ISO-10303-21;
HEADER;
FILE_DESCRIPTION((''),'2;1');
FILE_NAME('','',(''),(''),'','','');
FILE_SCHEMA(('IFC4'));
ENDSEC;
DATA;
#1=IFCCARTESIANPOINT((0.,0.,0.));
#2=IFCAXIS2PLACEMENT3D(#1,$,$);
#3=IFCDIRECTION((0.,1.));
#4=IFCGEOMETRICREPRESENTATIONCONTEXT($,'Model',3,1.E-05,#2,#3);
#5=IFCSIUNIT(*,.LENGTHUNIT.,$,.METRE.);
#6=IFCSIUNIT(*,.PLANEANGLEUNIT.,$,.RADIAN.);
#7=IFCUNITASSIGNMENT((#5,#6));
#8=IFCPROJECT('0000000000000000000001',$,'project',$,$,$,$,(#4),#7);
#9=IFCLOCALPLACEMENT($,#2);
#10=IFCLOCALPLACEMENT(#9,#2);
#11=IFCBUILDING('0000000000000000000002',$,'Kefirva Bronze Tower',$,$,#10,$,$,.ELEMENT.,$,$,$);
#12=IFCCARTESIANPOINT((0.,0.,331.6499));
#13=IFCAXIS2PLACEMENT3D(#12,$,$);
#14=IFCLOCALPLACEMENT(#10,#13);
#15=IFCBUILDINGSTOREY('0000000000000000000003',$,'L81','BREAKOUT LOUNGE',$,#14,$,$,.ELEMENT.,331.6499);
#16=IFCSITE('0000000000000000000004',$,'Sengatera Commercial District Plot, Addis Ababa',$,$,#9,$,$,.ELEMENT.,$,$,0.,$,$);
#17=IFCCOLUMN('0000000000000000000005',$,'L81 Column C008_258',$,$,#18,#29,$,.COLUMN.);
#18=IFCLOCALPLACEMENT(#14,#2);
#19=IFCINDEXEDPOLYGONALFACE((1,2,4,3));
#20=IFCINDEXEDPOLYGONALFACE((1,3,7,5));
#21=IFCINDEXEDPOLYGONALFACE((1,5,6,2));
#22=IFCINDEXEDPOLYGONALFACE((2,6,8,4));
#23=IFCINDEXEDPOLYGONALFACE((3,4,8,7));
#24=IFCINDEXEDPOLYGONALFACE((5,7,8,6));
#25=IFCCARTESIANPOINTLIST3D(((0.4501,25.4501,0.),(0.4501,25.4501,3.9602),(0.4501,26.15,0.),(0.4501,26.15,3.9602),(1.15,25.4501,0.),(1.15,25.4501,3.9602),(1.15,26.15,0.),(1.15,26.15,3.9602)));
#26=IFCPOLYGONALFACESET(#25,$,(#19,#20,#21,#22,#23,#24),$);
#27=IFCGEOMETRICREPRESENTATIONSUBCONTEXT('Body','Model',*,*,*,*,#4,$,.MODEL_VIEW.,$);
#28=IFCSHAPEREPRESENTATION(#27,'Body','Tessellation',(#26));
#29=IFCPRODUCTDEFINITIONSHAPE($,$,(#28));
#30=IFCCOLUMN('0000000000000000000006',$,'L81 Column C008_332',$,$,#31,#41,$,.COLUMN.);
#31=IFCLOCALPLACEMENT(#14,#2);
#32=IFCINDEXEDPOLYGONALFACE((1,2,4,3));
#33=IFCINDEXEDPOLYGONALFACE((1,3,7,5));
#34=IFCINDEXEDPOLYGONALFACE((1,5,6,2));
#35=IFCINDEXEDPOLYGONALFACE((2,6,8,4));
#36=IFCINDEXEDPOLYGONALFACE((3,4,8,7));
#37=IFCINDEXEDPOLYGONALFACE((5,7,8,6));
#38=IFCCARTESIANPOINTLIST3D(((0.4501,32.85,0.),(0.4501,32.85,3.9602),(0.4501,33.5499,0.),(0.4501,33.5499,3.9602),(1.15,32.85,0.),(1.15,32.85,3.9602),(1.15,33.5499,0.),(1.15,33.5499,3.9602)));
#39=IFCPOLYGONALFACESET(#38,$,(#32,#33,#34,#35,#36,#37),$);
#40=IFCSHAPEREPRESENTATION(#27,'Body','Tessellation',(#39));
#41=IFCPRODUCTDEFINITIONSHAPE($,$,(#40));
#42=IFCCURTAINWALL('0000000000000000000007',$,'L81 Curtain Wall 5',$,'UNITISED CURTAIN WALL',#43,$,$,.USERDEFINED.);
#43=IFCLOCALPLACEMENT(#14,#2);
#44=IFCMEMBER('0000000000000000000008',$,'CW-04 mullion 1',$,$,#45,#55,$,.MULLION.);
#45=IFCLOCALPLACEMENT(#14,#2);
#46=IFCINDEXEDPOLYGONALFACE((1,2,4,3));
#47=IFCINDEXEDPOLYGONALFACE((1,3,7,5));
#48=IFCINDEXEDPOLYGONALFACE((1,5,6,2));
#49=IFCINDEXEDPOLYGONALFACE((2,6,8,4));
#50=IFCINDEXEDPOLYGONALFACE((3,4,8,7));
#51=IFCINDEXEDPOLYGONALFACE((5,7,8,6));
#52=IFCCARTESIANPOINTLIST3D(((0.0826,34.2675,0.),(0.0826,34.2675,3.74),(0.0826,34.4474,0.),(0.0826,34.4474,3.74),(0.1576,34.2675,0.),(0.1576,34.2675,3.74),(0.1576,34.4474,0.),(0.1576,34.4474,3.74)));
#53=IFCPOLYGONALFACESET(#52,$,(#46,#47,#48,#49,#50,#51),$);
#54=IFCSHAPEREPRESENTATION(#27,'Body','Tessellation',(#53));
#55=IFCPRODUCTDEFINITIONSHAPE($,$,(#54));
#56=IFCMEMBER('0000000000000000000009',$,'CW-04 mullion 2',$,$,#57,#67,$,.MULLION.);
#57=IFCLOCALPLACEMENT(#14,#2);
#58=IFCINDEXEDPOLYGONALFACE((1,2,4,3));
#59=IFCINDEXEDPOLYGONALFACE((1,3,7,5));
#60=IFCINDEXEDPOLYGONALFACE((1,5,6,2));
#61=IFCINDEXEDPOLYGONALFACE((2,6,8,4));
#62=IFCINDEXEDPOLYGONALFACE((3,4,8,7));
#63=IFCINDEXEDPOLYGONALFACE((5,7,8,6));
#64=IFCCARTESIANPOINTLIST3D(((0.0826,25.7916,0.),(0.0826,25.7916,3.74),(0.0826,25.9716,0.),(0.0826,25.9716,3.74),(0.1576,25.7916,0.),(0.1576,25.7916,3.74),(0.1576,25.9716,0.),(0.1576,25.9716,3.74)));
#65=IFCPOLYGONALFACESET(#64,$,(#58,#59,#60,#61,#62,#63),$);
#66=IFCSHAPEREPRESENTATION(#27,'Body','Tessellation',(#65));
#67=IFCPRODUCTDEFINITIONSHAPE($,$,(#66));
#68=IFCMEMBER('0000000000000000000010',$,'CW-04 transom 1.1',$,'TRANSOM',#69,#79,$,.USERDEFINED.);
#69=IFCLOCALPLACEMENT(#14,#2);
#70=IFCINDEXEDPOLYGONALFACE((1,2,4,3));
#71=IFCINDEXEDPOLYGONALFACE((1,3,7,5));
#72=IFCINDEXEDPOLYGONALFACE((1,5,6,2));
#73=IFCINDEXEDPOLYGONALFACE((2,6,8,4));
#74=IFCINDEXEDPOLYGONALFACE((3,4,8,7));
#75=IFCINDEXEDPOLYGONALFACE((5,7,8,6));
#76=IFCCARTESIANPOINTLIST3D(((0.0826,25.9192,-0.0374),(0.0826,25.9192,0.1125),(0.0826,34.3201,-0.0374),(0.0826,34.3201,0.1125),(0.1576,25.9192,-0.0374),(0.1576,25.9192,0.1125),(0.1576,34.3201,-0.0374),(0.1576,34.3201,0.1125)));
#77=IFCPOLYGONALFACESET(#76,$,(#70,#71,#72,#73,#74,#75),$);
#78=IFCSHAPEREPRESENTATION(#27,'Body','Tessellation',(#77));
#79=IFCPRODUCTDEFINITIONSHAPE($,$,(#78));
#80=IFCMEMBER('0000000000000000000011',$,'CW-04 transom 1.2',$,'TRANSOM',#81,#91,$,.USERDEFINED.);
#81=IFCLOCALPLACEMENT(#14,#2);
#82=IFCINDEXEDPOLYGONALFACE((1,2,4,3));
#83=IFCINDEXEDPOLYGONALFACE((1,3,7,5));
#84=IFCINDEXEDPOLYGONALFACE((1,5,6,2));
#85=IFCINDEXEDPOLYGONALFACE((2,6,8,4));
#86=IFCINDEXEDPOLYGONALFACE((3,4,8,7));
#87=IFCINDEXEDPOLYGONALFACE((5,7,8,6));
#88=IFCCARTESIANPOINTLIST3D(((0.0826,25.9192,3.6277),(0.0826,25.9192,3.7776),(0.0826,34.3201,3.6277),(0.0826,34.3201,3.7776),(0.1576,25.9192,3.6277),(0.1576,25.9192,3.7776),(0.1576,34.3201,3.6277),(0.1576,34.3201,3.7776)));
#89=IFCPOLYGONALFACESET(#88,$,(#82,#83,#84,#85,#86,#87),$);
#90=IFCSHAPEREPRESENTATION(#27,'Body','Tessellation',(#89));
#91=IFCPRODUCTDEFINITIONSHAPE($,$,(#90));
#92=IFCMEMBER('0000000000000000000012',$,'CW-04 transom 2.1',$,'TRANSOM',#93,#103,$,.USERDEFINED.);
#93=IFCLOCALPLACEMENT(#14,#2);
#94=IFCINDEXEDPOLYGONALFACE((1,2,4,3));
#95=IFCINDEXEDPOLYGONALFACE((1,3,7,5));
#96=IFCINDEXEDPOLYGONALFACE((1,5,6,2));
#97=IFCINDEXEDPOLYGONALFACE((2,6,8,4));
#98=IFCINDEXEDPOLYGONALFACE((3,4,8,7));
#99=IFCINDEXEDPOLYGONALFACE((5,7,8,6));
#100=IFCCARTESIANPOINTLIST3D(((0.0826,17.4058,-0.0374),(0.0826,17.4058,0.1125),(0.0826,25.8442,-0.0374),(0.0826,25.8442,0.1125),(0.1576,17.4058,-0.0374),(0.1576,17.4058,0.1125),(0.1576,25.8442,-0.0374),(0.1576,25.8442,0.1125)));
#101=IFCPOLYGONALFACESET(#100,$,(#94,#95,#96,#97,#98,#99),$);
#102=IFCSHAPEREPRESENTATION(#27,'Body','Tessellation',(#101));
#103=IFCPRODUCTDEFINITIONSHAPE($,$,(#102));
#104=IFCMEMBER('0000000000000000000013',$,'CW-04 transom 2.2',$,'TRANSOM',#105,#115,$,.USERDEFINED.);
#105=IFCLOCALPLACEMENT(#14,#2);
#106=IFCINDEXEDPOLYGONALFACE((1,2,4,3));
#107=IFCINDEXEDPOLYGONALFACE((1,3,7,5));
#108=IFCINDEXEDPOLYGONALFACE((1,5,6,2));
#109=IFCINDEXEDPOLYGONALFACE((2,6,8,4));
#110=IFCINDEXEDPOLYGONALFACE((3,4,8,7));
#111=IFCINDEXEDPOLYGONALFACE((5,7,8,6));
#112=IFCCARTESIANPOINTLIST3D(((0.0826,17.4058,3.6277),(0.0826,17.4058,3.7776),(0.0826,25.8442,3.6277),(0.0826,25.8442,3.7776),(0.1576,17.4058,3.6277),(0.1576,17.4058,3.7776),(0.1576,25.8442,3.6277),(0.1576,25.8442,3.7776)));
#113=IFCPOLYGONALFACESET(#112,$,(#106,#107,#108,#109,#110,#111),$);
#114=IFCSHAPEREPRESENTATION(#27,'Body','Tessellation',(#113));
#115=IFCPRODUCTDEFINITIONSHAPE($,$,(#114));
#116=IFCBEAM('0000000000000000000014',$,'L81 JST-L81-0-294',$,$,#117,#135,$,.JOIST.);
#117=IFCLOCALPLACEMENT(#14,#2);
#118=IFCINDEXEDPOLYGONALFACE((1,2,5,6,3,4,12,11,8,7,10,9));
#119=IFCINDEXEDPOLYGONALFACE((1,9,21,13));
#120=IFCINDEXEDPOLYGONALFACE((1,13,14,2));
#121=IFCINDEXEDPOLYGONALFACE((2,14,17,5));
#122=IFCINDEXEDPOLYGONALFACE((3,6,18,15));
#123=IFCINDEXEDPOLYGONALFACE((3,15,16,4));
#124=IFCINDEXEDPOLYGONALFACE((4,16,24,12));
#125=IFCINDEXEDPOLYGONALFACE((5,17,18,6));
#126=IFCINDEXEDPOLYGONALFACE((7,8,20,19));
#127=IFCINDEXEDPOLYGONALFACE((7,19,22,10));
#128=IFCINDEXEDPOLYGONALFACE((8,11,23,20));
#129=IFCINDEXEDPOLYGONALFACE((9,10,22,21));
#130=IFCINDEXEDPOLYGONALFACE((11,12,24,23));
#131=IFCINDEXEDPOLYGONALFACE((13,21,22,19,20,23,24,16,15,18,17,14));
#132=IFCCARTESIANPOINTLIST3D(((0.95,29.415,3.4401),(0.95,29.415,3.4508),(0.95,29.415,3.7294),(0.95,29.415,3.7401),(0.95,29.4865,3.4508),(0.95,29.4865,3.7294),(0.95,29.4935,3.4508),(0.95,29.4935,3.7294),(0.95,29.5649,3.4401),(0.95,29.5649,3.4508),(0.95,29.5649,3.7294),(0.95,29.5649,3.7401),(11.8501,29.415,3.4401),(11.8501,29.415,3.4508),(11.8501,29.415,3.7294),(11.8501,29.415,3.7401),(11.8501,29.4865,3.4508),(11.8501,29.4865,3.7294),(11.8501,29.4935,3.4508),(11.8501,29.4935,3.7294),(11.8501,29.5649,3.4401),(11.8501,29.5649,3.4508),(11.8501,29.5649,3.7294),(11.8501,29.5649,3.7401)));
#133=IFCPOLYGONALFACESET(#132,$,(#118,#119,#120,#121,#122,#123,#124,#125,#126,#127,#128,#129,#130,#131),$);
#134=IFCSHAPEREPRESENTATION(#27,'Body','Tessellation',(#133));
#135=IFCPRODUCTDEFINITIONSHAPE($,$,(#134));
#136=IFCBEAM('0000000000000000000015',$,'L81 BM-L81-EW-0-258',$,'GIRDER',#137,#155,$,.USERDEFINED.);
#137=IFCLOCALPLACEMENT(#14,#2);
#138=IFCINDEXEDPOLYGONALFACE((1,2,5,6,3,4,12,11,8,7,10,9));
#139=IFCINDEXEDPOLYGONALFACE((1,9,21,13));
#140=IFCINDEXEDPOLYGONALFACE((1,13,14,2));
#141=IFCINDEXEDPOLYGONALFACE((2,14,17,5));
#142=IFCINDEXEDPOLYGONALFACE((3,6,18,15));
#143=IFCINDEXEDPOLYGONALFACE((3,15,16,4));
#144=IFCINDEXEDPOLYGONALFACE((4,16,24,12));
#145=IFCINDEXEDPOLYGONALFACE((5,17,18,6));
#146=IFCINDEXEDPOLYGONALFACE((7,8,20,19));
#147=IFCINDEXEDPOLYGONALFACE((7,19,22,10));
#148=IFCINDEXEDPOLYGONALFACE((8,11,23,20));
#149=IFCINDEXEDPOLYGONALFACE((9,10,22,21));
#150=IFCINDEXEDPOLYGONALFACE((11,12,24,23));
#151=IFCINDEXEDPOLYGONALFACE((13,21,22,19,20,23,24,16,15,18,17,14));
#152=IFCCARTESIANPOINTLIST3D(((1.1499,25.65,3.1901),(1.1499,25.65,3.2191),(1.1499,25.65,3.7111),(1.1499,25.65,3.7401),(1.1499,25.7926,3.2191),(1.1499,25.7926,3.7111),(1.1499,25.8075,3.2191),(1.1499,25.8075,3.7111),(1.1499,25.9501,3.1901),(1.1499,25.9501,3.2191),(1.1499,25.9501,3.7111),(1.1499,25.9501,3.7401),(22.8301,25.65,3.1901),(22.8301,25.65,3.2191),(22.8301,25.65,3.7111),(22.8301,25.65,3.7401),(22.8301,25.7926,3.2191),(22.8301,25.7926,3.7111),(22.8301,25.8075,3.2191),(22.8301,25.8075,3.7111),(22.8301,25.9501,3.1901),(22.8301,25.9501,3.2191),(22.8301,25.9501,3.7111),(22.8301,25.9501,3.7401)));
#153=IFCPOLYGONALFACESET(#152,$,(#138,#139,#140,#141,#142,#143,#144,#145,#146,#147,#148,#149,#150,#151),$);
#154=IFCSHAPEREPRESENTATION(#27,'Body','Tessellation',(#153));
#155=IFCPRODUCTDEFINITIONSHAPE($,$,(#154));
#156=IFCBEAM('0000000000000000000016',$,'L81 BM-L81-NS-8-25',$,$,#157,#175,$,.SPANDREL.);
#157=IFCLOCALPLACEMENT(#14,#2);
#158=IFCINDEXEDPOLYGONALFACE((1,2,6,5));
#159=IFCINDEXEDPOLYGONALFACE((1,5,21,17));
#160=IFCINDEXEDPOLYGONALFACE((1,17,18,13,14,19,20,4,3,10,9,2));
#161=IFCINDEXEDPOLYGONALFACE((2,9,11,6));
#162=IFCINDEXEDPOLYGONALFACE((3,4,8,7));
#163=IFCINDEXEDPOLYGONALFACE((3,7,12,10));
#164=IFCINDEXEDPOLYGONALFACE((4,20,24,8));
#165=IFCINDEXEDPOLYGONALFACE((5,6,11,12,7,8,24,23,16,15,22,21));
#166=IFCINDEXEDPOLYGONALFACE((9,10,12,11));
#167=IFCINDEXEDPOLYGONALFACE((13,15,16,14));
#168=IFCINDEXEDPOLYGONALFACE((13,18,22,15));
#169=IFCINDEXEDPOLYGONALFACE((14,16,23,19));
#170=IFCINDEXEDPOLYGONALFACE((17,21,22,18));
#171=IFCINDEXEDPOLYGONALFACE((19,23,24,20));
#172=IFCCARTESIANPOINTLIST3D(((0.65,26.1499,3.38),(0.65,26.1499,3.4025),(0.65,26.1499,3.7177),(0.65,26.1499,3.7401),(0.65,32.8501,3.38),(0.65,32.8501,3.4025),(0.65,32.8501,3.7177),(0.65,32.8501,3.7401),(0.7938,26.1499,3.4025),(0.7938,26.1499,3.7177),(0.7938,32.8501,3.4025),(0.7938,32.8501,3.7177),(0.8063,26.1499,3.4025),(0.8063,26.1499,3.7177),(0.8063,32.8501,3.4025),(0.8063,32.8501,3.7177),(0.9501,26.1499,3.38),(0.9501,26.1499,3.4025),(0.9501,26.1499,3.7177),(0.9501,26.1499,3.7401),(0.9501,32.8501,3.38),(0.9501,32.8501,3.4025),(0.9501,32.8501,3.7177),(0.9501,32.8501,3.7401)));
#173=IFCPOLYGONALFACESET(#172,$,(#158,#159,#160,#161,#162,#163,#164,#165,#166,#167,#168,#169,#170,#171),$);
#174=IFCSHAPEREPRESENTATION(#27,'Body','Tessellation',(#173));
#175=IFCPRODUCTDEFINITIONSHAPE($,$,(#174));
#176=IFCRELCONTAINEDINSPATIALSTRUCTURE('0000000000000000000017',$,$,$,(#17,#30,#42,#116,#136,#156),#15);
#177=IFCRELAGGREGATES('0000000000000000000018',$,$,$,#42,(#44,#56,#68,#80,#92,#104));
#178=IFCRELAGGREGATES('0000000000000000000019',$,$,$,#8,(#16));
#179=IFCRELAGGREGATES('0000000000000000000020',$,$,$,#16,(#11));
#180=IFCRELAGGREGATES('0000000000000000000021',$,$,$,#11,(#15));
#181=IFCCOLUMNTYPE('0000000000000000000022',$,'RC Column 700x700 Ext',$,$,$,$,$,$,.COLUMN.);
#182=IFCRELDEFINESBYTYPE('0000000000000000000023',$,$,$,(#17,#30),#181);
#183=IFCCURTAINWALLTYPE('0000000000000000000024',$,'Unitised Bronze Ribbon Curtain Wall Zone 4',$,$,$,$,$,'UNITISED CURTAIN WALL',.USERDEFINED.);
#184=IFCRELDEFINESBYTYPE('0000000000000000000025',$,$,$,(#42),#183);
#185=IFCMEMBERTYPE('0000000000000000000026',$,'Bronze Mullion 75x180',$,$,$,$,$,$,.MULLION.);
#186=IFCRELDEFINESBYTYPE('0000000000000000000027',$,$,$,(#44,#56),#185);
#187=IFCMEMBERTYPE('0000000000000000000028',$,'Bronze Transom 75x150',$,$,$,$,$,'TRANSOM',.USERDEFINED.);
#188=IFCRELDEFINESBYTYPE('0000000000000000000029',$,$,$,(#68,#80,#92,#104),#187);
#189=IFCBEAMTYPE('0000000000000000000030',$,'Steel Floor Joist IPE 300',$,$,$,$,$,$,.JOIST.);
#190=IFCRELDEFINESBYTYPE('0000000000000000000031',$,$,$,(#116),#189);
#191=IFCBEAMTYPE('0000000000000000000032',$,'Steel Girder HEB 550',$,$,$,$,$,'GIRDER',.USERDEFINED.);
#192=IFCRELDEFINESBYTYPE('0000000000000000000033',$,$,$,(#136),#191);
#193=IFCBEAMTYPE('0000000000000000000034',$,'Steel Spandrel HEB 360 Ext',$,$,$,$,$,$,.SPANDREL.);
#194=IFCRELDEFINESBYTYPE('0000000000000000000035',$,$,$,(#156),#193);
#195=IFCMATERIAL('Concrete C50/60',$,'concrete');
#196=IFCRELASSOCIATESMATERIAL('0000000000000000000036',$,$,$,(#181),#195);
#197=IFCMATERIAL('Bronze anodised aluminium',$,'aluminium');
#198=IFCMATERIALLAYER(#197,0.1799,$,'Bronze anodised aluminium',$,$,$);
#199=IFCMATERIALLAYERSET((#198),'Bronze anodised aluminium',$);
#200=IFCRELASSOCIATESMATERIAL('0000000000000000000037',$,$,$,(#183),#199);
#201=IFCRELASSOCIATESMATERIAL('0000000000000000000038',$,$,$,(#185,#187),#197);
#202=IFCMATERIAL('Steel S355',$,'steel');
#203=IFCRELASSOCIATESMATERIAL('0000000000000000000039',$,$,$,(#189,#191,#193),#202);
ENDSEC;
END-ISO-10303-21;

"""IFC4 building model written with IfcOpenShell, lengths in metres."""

from ifc_helpers import new_model, si_unit, direction, frame, origin, origin_2d, place, context, subcontext, project, spatial, rectangle, i_section, extrude, material, layer, layer_set, material_profile, profile_set, type_object, element, aggregate, save


model = new_model("IFC4")

# Units and contexts
model_context = context("Model", 3, precision=1e-05, world=origin(), true_north=direction((0.0, 1.0)))
body_context = subcontext(model_context, "Body", "Model", "MODEL_VIEW")
ifc_project = project(units=[si_unit("LENGTHUNIT", "METRE"), si_unit("PLANEANGLEUNIT", "RADIAN")], contexts=[model_context])

# Site, building, storey
site_placement = place(None, origin())
site = spatial("IfcSite", under=ifc_project, at=site_placement, Name="Sengatera Commercial District Plot, Addis Ababa", CompositionType="ELEMENT", RefElevation=0.0)
building_placement = place(site_placement, origin())
building = spatial("IfcBuilding", under=site, at=building_placement, Name="Kefirva Bronze Tower", CompositionType="ELEMENT")
storey_placement = place(building_placement, frame((0.0, 0.0, 331.6499)))
storey = spatial("IfcBuildingStorey", under=building, at=storey_placement, Name="L81", Description="BREAKOUT LOUNGE", CompositionType="ELEMENT", Elevation=331.6499)

# Columns
ifc_material_1 = material(Name="Concrete C50/60", Category="concrete")
ifc_material_profile_1 = material_profile(ifc_material_1, rectangle(XDim=0.7, YDim=0.7, at=origin_2d()), Name="RC 700x700")
ifc_profile_set_1 = profile_set([ifc_material_profile_1], Name="Concrete C50/60")
column_type = type_object("IfcColumnType", Name="RC Column 700x700 Ext", PredefinedType="COLUMN", material=ifc_profile_set_1)
for number, where, z_axis, x_axis, name in (
    (1, (0.8, 25.8, 0.0), (0.0, 0.0, 1.0), (1.0, 0.0, 0.0), "L81 Column C008_258"),
    (2, (0.8, 33.2, 0.0), (0.0, 0.0, 1.0), (1.0, 0.0, 0.0), "L81 Column C008_332"),
):
    element("IfcColumn", number, at=place(storey_placement, frame(where, z_axis=z_axis, x_axis=x_axis)), inside=storey, type_object=column_type, Name=name, PredefinedType="COLUMN", context=body_context, shape_type="SweptSolid", body=[
        extrude(rectangle(XDim=0.7, YDim=0.7, at=origin_2d()), origin(), (0.0, 0.0, 1.0), 3.9602),
    ])

# Curtain wall, members
ifc_material_2 = material(Name="Bronze anodised aluminium", Category="aluminium")
ifc_layer_1 = layer(ifc_material_2, 0.1799, Name="Bronze anodised aluminium")
ifc_layer_set_1 = layer_set([ifc_layer_1], Name="Bronze anodised aluminium")
curtain_wall_type = type_object("IfcCurtainWallType", Name="Unitised Bronze Ribbon Curtain Wall Zone 4", ElementType="UNITISED CURTAIN WALL", PredefinedType="USERDEFINED", material=ifc_layer_set_1)
curtain_wall_placement = place(storey_placement, origin())
curtain_wall = element("IfcCurtainWall", 3, at=curtain_wall_placement, inside=storey, type_object=curtain_wall_type, Name="L81 Curtain Wall 5", ObjectType="UNITISED CURTAIN WALL", PredefinedType="USERDEFINED")
ifc_material_profile_2 = material_profile(ifc_material_2, rectangle(XDim=0.075, YDim=0.1799, at=origin_2d()), Name="ALU 75x180")
ifc_profile_set_2 = profile_set([ifc_material_profile_2], Name="Bronze anodised aluminium")
member_type_1 = type_object("IfcMemberType", Name="Bronze Mullion 75x180", PredefinedType="MULLION", material=ifc_profile_set_2)
member_1_placement = place(storey_placement, frame((0.1201, 34.3574, 0.0), z_axis=(0.0, 0.0, 1.0), x_axis=(1.0, 0.0, 0.0)))
member_1 = element("IfcMember", 4, at=member_1_placement, type_object=member_type_1, Name="CW-04 mullion 1", PredefinedType="MULLION", context=body_context, shape_type="SweptSolid", body=[
    extrude(rectangle(XDim=0.075, YDim=0.1799, at=origin_2d()), origin(), (0.0, 0.0, 1.0), 3.74),
])
member_2_placement = place(storey_placement, frame((0.1201, 25.8816, 0.0), z_axis=(0.0, 0.0, 1.0), x_axis=(1.0, 0.0, 0.0)))
member_2 = element("IfcMember", 5, at=member_2_placement, type_object=member_type_1, Name="CW-04 mullion 2", PredefinedType="MULLION", context=body_context, shape_type="SweptSolid", body=[
    extrude(rectangle(XDim=0.075, YDim=0.1799, at=origin_2d()), origin(), (0.0, 0.0, 1.0), 3.74),
])
ifc_material_profile_3 = material_profile(ifc_material_2, rectangle(XDim=0.075, YDim=0.1499, at=origin_2d()), Name="ALU 75x150")
ifc_profile_set_3 = profile_set([ifc_material_profile_3], Name="Bronze anodised aluminium")
member_type_2 = type_object("IfcMemberType", Name="Bronze Transom 75x150", ElementType="TRANSOM", PredefinedType="USERDEFINED", material=ifc_profile_set_3)
member_3_placement = place(storey_placement, frame((0.1201, 34.3201, 0.0376), z_axis=(0.0, -1.0, 0.0), x_axis=(1.0, 0.0, 0.0)))
member_3 = element("IfcMember", 6, at=member_3_placement, type_object=member_type_2, Name="CW-04 transom 1.1", ObjectType="TRANSOM", PredefinedType="USERDEFINED", context=body_context, shape_type="SweptSolid", body=[
    extrude(rectangle(XDim=0.075, YDim=0.1499, at=origin_2d()), origin(), (0.0, 0.0, 1.0), 8.4009),
])
member_4_placement = place(storey_placement, frame((0.1201, 34.3201, 3.7026), z_axis=(0.0, -1.0, 0.0), x_axis=(1.0, 0.0, 0.0)))
member_4 = element("IfcMember", 7, at=member_4_placement, type_object=member_type_2, Name="CW-04 transom 1.2", ObjectType="TRANSOM", PredefinedType="USERDEFINED", context=body_context, shape_type="SweptSolid", body=[
    extrude(rectangle(XDim=0.075, YDim=0.1499, at=origin_2d()), origin(), (0.0, 0.0, 1.0), 8.4009),
])
member_5_placement = place(storey_placement, frame((0.1201, 25.8442, 0.0376), z_axis=(0.0, -1.0, 0.0), x_axis=(1.0, 0.0, 0.0)))
member_5 = element("IfcMember", 8, at=member_5_placement, type_object=member_type_2, Name="CW-04 transom 2.1", ObjectType="TRANSOM", PredefinedType="USERDEFINED", context=body_context, shape_type="SweptSolid", body=[
    extrude(rectangle(XDim=0.075, YDim=0.1499, at=origin_2d()), origin(), (0.0, 0.0, 1.0), 8.4385),
])
member_6_placement = place(storey_placement, frame((0.1201, 25.8442, 3.7026), z_axis=(0.0, -1.0, 0.0), x_axis=(1.0, 0.0, 0.0)))
member_6 = element("IfcMember", 9, at=member_6_placement, type_object=member_type_2, Name="CW-04 transom 2.2", ObjectType="TRANSOM", PredefinedType="USERDEFINED", context=body_context, shape_type="SweptSolid", body=[
    extrude(rectangle(XDim=0.075, YDim=0.1499, at=origin_2d()), origin(), (0.0, 0.0, 1.0), 8.4385),
])

# Beams
ifc_material_3 = material(Name="Steel S355", Category="steel")
ifc_material_profile_4 = material_profile(ifc_material_3, i_section(OverallWidth=0.1499, OverallDepth=0.3, WebThickness=0.0071, FlangeThickness=0.0107, at=origin_2d()), Name="IPE 300")
ifc_profile_set_4 = profile_set([ifc_material_profile_4], Name="Steel S355")
beam_type_1 = type_object("IfcBeamType", Name="Steel Floor Joist IPE 300", PredefinedType="JOIST", material=ifc_profile_set_4)
beam_1_placement = place(storey_placement, frame((0.95, 29.49, 3.5901), z_axis=(1.0, 0.0, 0.0), x_axis=(0.0, 1.0, 0.0)))
element("IfcBeam", 10, at=beam_1_placement, inside=storey, type_object=beam_type_1, Name="L81 JST-L81-0-294", PredefinedType="JOIST", context=body_context, shape_type="SweptSolid", body=[
    extrude(i_section(OverallWidth=0.1499, OverallDepth=0.3, WebThickness=0.0071, FlangeThickness=0.0107, at=origin_2d()), origin(), (0.0, 0.0, 1.0), 10.9001),
])
ifc_material_profile_5 = material_profile(ifc_material_3, i_section(OverallWidth=0.3, OverallDepth=0.55, WebThickness=0.0149, FlangeThickness=0.0291, at=origin_2d()), Name="HEB 550")
ifc_profile_set_5 = profile_set([ifc_material_profile_5], Name="Steel S355")
beam_type_2 = type_object("IfcBeamType", Name="Steel Girder HEB 550", ElementType="GIRDER", PredefinedType="USERDEFINED", material=ifc_profile_set_5)
beam_2_placement = place(storey_placement, frame((1.1499, 25.8, 3.4651), z_axis=(1.0, 0.0, 0.0), x_axis=(0.0, 1.0, 0.0)))
element("IfcBeam", 11, at=beam_2_placement, inside=storey, type_object=beam_type_2, Name="L81 BM-L81-EW-0-258", ObjectType="GIRDER", PredefinedType="USERDEFINED", context=body_context, shape_type="SweptSolid", body=[
    extrude(i_section(OverallWidth=0.3, OverallDepth=0.55, WebThickness=0.0149, FlangeThickness=0.0291, at=origin_2d()), origin(), (0.0, 0.0, 1.0), 21.6802),
])
ifc_material_profile_6 = material_profile(ifc_material_3, i_section(OverallWidth=0.3, OverallDepth=0.3601, WebThickness=0.0125, FlangeThickness=0.0225, at=origin_2d()), Name="HEB 360")
ifc_profile_set_6 = profile_set([ifc_material_profile_6], Name="Steel S355")
beam_type_3 = type_object("IfcBeamType", Name="Steel Spandrel HEB 360 Ext", PredefinedType="SPANDREL", material=ifc_profile_set_6)
beam_3_placement = place(storey_placement, frame((0.8, 26.1499, 3.5601), z_axis=(0.0, 1.0, 0.0), x_axis=(-1.0, 0.0, 0.0)))
element("IfcBeam", 12, at=beam_3_placement, inside=storey, type_object=beam_type_3, Name="L81 BM-L81-NS-8-25", PredefinedType="SPANDREL", context=body_context, shape_type="SweptSolid", body=[
    extrude(i_section(OverallWidth=0.3, OverallDepth=0.3601, WebThickness=0.0125, FlangeThickness=0.0225, at=origin_2d()), origin(), (0.0, 0.0, 1.0), 6.7002),
])

aggregate(curtain_wall, [member_1, member_2, member_3, member_4, member_5, member_6])

save(model, "model.ifc")
